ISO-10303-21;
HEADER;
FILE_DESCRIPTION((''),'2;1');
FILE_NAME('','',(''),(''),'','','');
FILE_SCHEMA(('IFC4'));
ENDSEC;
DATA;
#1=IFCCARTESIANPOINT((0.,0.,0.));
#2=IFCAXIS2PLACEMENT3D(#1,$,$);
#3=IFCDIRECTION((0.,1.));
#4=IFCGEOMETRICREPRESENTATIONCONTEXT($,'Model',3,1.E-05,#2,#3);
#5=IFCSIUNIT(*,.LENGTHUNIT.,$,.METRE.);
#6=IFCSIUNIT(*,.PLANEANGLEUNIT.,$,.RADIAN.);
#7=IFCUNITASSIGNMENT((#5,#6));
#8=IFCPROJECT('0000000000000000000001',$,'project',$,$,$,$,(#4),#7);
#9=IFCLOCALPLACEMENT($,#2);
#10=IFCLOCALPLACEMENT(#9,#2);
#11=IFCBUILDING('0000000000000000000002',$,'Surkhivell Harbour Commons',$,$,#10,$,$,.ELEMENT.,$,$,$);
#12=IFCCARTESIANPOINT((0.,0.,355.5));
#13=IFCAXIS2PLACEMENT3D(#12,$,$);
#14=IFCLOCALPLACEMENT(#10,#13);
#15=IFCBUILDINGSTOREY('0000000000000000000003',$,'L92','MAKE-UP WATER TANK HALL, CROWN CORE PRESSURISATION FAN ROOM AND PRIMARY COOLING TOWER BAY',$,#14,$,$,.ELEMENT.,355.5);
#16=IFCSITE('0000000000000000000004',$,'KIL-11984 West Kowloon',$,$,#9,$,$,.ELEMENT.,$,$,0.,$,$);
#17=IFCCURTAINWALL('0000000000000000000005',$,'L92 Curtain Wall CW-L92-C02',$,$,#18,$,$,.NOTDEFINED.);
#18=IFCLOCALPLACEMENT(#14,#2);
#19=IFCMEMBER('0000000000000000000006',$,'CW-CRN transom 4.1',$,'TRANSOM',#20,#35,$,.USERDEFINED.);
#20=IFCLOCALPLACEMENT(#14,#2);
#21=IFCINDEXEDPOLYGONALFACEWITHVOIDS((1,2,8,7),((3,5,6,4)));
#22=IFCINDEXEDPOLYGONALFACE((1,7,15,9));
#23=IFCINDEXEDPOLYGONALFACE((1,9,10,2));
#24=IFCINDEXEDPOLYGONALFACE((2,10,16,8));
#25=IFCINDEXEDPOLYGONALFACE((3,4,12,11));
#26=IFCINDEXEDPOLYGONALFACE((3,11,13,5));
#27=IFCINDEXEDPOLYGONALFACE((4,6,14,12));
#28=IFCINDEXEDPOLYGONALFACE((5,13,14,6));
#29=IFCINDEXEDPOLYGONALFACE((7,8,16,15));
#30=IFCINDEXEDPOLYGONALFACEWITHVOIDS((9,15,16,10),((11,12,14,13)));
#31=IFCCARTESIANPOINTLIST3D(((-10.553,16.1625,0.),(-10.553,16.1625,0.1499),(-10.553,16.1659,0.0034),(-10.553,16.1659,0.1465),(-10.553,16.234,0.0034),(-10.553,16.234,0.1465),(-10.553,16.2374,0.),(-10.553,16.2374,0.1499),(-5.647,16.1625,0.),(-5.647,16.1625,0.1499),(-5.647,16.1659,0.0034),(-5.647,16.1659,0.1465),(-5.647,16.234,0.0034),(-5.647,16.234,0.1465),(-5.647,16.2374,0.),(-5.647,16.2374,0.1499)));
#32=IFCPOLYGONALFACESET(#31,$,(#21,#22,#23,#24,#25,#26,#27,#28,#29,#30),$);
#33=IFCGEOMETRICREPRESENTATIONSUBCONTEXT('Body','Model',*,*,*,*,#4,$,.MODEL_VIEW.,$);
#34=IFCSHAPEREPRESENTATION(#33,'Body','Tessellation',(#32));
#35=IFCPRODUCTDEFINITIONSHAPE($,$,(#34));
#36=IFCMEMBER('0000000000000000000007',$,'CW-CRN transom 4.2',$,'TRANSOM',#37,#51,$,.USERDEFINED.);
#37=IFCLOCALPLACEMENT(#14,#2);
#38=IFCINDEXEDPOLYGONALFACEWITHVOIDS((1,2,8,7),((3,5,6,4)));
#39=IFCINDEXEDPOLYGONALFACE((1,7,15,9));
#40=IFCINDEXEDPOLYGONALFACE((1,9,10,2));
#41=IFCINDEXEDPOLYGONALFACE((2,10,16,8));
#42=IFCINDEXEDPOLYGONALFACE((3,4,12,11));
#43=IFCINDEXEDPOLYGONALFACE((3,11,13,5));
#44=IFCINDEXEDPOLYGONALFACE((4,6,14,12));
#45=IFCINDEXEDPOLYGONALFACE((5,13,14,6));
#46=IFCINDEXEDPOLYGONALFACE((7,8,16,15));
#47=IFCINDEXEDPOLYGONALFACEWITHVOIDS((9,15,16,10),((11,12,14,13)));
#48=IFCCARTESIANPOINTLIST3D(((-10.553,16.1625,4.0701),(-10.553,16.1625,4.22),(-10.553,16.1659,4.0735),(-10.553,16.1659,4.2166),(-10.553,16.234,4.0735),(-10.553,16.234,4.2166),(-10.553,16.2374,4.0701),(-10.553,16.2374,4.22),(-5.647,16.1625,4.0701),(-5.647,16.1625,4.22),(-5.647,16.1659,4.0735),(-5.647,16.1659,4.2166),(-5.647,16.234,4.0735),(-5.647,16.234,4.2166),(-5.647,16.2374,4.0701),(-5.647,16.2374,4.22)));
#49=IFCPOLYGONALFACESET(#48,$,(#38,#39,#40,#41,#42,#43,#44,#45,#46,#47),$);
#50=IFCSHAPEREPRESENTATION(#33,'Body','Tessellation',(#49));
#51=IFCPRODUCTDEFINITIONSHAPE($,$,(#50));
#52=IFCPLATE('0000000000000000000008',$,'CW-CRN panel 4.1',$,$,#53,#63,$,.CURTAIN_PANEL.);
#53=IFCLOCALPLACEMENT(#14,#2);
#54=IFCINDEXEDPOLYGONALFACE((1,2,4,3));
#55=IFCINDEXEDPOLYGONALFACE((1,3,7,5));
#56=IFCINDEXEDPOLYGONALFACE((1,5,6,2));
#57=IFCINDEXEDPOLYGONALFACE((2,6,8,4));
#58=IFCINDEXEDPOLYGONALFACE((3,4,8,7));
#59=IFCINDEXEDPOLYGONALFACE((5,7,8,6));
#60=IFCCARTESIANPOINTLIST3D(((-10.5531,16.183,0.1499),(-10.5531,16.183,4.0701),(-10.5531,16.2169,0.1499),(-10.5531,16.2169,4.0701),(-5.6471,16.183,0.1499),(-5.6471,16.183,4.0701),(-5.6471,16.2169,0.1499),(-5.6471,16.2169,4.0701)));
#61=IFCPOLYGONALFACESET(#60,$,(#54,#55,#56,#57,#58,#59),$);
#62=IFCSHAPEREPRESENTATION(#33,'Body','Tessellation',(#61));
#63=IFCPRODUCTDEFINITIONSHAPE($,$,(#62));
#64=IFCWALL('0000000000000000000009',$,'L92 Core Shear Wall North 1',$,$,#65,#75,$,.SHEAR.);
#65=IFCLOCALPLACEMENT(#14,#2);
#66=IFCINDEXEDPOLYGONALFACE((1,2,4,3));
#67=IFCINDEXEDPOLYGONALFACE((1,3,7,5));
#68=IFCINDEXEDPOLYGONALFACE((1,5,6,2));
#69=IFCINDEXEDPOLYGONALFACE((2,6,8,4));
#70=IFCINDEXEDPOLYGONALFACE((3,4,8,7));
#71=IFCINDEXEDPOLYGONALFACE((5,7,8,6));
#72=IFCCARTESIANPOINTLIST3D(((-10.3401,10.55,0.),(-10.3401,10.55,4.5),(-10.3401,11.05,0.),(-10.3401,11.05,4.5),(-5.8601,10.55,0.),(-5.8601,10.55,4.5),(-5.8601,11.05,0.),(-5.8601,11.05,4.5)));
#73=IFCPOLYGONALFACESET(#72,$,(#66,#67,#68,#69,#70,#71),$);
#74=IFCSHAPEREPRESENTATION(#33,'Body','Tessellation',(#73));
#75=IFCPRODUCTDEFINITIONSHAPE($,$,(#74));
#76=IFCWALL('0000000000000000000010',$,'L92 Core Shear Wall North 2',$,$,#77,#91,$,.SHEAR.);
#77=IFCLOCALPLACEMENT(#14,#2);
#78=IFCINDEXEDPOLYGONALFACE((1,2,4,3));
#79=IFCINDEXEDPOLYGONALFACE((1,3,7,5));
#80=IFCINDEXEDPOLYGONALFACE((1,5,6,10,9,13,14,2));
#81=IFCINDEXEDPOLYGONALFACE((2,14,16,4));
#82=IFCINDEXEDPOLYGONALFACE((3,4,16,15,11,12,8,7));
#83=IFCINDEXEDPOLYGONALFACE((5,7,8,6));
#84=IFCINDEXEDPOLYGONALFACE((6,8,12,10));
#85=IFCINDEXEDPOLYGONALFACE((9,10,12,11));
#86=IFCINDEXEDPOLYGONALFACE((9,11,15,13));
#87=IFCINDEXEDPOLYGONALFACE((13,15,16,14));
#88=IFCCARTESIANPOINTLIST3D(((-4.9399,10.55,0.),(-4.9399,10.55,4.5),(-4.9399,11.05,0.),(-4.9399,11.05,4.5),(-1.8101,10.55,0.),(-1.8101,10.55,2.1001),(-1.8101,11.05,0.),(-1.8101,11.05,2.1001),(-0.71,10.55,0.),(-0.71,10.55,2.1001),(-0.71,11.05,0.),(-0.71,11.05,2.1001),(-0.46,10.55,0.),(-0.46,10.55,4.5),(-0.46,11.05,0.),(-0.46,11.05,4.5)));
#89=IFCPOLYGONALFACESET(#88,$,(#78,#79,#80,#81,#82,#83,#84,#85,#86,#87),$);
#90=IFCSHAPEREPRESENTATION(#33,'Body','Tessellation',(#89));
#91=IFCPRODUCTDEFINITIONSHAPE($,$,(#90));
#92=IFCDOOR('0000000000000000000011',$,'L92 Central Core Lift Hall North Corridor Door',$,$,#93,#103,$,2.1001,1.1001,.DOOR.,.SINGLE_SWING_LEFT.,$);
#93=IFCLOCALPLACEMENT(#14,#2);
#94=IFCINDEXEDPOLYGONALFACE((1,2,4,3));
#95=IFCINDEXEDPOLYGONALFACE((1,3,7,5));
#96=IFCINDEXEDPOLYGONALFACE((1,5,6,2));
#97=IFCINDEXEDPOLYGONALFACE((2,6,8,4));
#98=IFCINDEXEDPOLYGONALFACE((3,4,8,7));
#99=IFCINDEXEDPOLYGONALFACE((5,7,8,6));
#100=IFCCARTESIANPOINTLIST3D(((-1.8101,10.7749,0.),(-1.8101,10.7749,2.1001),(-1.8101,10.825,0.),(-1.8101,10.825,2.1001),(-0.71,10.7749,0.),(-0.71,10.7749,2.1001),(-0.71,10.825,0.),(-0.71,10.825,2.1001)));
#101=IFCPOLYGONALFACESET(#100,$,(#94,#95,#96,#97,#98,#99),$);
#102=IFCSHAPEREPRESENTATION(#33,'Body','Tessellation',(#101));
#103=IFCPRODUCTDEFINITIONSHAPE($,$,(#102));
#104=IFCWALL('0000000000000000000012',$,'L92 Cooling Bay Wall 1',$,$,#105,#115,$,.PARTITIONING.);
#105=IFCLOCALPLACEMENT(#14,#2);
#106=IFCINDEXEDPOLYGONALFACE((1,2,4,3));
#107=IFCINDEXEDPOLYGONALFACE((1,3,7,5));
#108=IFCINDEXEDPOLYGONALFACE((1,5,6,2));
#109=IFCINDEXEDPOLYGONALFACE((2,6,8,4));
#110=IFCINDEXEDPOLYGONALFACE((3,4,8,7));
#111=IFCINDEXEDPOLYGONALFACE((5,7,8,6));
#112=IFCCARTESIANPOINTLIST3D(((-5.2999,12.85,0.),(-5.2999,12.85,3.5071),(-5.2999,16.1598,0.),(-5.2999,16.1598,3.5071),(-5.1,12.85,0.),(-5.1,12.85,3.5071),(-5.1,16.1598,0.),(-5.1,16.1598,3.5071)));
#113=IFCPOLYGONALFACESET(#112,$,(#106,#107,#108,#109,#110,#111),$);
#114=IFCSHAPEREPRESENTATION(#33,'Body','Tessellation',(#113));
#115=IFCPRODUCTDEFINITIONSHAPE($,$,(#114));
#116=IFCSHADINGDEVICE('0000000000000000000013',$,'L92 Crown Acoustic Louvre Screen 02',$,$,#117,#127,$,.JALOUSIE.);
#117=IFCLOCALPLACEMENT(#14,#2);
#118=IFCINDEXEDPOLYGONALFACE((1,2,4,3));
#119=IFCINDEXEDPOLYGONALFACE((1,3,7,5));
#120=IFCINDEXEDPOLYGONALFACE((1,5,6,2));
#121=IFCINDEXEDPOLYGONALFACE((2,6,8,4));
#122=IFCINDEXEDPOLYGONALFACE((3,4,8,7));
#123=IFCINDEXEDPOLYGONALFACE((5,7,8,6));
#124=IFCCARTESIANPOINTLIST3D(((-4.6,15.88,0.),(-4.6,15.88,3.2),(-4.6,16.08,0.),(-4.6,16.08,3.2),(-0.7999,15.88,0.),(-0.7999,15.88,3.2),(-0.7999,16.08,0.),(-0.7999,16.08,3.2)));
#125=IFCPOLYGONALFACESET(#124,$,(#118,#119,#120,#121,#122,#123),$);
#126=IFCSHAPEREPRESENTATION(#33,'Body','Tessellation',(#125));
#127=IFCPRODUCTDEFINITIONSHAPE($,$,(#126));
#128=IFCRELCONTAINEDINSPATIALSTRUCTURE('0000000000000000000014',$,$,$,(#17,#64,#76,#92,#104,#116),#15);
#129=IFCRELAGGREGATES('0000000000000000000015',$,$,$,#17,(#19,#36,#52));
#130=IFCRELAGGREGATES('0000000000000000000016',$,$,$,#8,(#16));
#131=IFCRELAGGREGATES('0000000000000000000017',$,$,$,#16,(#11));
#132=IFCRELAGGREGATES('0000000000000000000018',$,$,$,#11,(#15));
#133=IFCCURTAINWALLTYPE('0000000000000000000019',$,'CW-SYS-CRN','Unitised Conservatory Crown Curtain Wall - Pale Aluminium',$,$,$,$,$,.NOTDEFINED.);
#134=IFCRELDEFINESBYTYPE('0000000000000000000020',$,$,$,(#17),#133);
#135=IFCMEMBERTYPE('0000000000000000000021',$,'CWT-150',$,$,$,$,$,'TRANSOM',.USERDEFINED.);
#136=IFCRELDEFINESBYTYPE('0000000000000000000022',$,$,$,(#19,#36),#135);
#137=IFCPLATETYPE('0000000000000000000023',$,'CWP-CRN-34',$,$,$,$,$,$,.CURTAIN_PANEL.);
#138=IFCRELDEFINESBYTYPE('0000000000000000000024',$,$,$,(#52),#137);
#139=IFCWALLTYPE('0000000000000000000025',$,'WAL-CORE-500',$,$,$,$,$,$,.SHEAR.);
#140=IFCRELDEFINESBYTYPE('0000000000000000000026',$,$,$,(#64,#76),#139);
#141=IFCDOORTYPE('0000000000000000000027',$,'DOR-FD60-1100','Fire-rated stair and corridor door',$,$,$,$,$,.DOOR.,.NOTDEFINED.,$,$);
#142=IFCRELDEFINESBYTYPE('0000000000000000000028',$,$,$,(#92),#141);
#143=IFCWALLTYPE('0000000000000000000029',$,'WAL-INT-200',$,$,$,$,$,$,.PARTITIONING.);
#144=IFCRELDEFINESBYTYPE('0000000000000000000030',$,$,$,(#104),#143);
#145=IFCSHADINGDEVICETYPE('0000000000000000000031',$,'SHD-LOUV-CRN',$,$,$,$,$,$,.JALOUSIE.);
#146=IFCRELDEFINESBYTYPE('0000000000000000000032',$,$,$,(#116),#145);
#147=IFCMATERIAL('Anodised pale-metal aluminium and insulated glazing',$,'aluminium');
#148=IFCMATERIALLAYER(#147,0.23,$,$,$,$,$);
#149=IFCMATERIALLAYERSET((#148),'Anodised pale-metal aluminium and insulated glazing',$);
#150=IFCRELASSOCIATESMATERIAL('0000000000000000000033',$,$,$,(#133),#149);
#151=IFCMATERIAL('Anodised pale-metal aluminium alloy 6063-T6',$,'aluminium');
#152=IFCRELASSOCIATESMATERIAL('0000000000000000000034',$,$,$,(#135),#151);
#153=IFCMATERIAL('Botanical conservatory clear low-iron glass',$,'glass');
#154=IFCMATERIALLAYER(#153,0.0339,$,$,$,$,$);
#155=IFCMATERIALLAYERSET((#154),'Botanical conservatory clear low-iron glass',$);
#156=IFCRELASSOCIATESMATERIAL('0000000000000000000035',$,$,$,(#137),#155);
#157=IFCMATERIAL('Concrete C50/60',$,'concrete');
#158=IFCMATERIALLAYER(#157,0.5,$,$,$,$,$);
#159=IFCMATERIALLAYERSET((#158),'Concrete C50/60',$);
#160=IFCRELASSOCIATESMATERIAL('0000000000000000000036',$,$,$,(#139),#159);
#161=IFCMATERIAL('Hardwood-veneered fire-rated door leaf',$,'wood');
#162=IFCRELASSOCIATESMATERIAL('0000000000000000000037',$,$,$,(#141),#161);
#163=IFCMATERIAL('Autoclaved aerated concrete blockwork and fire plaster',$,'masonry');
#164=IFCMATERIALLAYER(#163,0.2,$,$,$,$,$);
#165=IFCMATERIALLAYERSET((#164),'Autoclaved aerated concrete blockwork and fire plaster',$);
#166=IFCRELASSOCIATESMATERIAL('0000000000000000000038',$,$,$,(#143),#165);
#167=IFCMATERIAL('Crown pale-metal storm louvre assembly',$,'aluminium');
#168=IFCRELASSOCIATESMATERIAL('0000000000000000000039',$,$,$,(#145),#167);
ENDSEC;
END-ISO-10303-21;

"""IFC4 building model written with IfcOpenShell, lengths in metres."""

from ifc_helpers import new_model, si_unit, direction, frame, frame_2d, origin, origin_2d, place, context, subcontext, project, spatial, rectangle, hollow_rectangle, extrude, material, layer, layer_set, material_profile, profile_set, type_object, element, fill, aggregate, save


model = new_model("IFC4")

# Units and contexts
model_context = context("Model", 3, precision=1e-05, world=origin(), true_north=direction((0.0, 1.0)))
body_context = subcontext(model_context, "Body", "Model", "MODEL_VIEW")
ifc_project = project(units=[si_unit("LENGTHUNIT", "METRE"), si_unit("PLANEANGLEUNIT", "RADIAN")], contexts=[model_context])

# Site, building, storey
site_placement = place(None, origin())
site = spatial("IfcSite", under=ifc_project, at=site_placement, Name="KIL-11984 West Kowloon", CompositionType="ELEMENT", RefElevation=0.0)
building_placement = place(site_placement, origin())
building = spatial("IfcBuilding", under=site, at=building_placement, Name="Surkhivell Harbour Commons", CompositionType="ELEMENT")
storey_placement = place(building_placement, frame((0.0, 0.0, 355.5)))
storey = spatial("IfcBuildingStorey", under=building, at=storey_placement, Name="L92", Description="MAKE-UP WATER TANK HALL, CROWN CORE PRESSURISATION FAN ROOM AND PRIMARY COOLING TOWER BAY", CompositionType="ELEMENT", Elevation=355.5)

# Curtain wall, members, plate
ifc_material_1 = material(Name="Anodised pale-metal aluminium and insulated glazing", Category="aluminium")
ifc_layer_1 = layer(ifc_material_1, 0.23)
ifc_layer_set_1 = layer_set([ifc_layer_1], Name="Anodised pale-metal aluminium and insulated glazing")
curtain_wall_type = type_object("IfcCurtainWallType", Name="CW-SYS-CRN", Description="Unitised Conservatory Crown Curtain Wall - Pale Aluminium", PredefinedType="NOTDEFINED", material=ifc_layer_set_1)
curtain_wall_placement = place(storey_placement, origin())
curtain_wall = element("IfcCurtainWall", 1, at=curtain_wall_placement, inside=storey, type_object=curtain_wall_type, Name="L92 Curtain Wall CW-L92-C02", PredefinedType="NOTDEFINED")
ifc_material_2 = material(Name="Anodised pale-metal aluminium alloy 6063-T6", Category="aluminium")
ifc_material_profile_1 = material_profile(ifc_material_2, hollow_rectangle(XDim=0.075, YDim=0.1499, WallThickness=0.0034, at=origin_2d()), Name="ALU-TRAN-75x150")
ifc_profile_set_1 = profile_set([ifc_material_profile_1], Name="Anodised pale-metal aluminium alloy 6063-T6")
member_type_1 = type_object("IfcMemberType", Name="CWT-150", ElementType="TRANSOM", PredefinedType="USERDEFINED", material=ifc_profile_set_1)
member_1_placement = place(storey_placement, frame((-5.647, 16.2, 0.075), z_axis=(-1.0, 0.0, 0.0), x_axis=(0.0, -1.0, 0.0)))
member_1 = element("IfcMember", 2, at=member_1_placement, type_object=member_type_1, Name="CW-CRN transom 4.1", ObjectType="TRANSOM", PredefinedType="USERDEFINED", context=body_context, shape_type="SweptSolid", body=[
    extrude(hollow_rectangle(XDim=0.075, YDim=0.1499, WallThickness=0.0034, at=origin_2d()), origin(), (0.0, 0.0, 1.0), 4.906),
])
member_2_placement = place(storey_placement, frame((-5.647, 16.2, 4.145), z_axis=(-1.0, 0.0, 0.0), x_axis=(0.0, -1.0, 0.0)))
member_2 = element("IfcMember", 3, at=member_2_placement, type_object=member_type_1, Name="CW-CRN transom 4.2", ObjectType="TRANSOM", PredefinedType="USERDEFINED", context=body_context, shape_type="SweptSolid", body=[
    extrude(hollow_rectangle(XDim=0.075, YDim=0.1499, WallThickness=0.0034, at=origin_2d()), origin(), (0.0, 0.0, 1.0), 4.906),
])
ifc_material_3 = material(Name="Botanical conservatory clear low-iron glass", Category="glass")
ifc_layer_2 = layer(ifc_material_3, 0.0339)
ifc_layer_set_2 = layer_set([ifc_layer_2], Name="Botanical conservatory clear low-iron glass")
plate_type = type_object("IfcPlateType", Name="CWP-CRN-34", PredefinedType="CURTAIN_PANEL", material=ifc_layer_set_2)
plate_placement = place(storey_placement, frame((-5.647, 16.2, 0.1499), z_axis=(0.0, 0.0, 1.0), x_axis=(-1.0, 0.0, 0.0)))
plate = element("IfcPlate", 4, at=plate_placement, type_object=plate_type, Name="CW-CRN panel 4.1", PredefinedType="CURTAIN_PANEL", context=body_context, shape_type="SweptSolid", body=[
    extrude(rectangle(XDim=4.906, YDim=0.0339, at=frame_2d((2.4531, 0.0))), origin(), (0.0, 0.0, 1.0), 3.9202),
])
aggregate(curtain_wall, [member_1, member_2, plate])

# Wall
ifc_material_4 = material(Name="Concrete C50/60", Category="concrete")
ifc_layer_3 = layer(ifc_material_4, 0.5)
ifc_layer_set_3 = layer_set([ifc_layer_3], Name="Concrete C50/60")
wall_type_1 = type_object("IfcWallType", Name="WAL-CORE-500", PredefinedType="SHEAR", material=ifc_layer_set_3)
wall_1_placement = place(storey_placement, frame((-10.3401, 10.8, 0.0), z_axis=(0.0, 0.0, 1.0), x_axis=(1.0, 0.0, 0.0)))
element("IfcWall", 5, at=wall_1_placement, inside=storey, type_object=wall_type_1, Name="L92 Core Shear Wall North 1", PredefinedType="SHEAR", context=body_context, shape_type="SweptSolid", body=[
    extrude(rectangle(XDim=4.48, YDim=0.5, at=frame_2d((2.24, 0.0))), origin(), (0.0, 0.0, 1.0), 4.5),
])

# Wall, opening, door
wall_2_placement = place(storey_placement, frame((-4.9399, 10.8, 0.0), z_axis=(0.0, 0.0, 1.0), x_axis=(1.0, 0.0, 0.0)))
wall_2 = element("IfcWall", 6, at=wall_2_placement, inside=storey, type_object=wall_type_1, Name="L92 Core Shear Wall North 2", PredefinedType="SHEAR", context=body_context, shape_type="SweptSolid", body=[
    extrude(rectangle(XDim=4.48, YDim=0.5, at=frame_2d((2.24, 0.0))), origin(), (0.0, 0.0, 1.0), 4.5),
])
opening_placement = place(wall_2_placement, frame((3.1299, 0.0, 0.0)))
opening = element("IfcOpeningElement", 7, at=opening_placement, cuts=wall_2, PredefinedType="OPENING", context=body_context, shape_type="SweptSolid", body=[
    extrude(rectangle(XDim=1.1001, YDim=2.1001, at=frame_2d((0.55, 1.05))), frame((0.0, 0.26, 0.0), z_axis=(0.0, -1.0, 0.0), x_axis=(1.0, 0.0, 0.0)), (0.0, 0.0, 1.0), 0.52),
])
ifc_material_5 = material(Name="Hardwood-veneered fire-rated door leaf", Category="wood")
door_type = type_object("IfcDoorType", Name="DOR-FD60-1100", Description="Fire-rated stair and corridor door", OperationType="NOTDEFINED", PredefinedType="DOOR", material=ifc_material_5)
door_placement = place(opening_placement, origin())
door = element("IfcDoor", 8, at=door_placement, inside=storey, type_object=door_type, Name="L92 Central Core Lift Hall North Corridor Door", OperationType="SINGLE_SWING_LEFT", OverallHeight=2.1001, OverallWidth=1.1001, PredefinedType="DOOR", context=body_context, shape_type="SweptSolid", body=[
    extrude(rectangle(XDim=1.1001, YDim=2.1001, at=frame_2d((0.55, 1.05))), frame((0.0, 0.0249, 0.0), z_axis=(0.0, -1.0, 0.0), x_axis=(1.0, 0.0, 0.0)), (0.0, 0.0, 1.0), 0.05),
])
fill(opening, door)

# Wall
ifc_material_6 = material(Name="Autoclaved aerated concrete blockwork and fire plaster", Category="masonry")
ifc_layer_4 = layer(ifc_material_6, 0.2)
ifc_layer_set_4 = layer_set([ifc_layer_4], Name="Autoclaved aerated concrete blockwork and fire plaster")
wall_type_2 = type_object("IfcWallType", Name="WAL-INT-200", PredefinedType="PARTITIONING", material=ifc_layer_set_4)
wall_3_placement = place(storey_placement, frame((-5.2, 12.8501, 0.0), z_axis=(0.0, 0.0, 1.0), x_axis=(0.0, 1.0, 0.0)))
element("IfcWall", 9, at=wall_3_placement, inside=storey, type_object=wall_type_2, Name="L92 Cooling Bay Wall 1", PredefinedType="PARTITIONING", context=body_context, shape_type="SweptSolid", body=[
    extrude(rectangle(XDim=3.3098, YDim=0.2, at=frame_2d((1.6548, 0.0))), origin(), (0.0, 0.0, 1.0), 3.5071),
])

# Shading device
ifc_material_7 = material(Name="Crown pale-metal storm louvre assembly", Category="aluminium")
shading_device_type = type_object("IfcShadingDeviceType", Name="SHD-LOUV-CRN", PredefinedType="JALOUSIE", material=ifc_material_7)
shading_device_placement = place(storey_placement, frame((-2.7, 15.98, 0.0), z_axis=(0.0, 0.0, 1.0), x_axis=(1.0, 0.0, 0.0)))
element("IfcShadingDevice", 10, at=shading_device_placement, inside=storey, type_object=shading_device_type, Name="L92 Crown Acoustic Louvre Screen 02", PredefinedType="JALOUSIE", context=body_context, shape_type="SweptSolid", body=[
    extrude(rectangle(XDim=3.8, YDim=0.2, at=origin_2d()), origin(), (0.0, 0.0, 1.0), 3.2),
])

save(model, "model.ifc")
